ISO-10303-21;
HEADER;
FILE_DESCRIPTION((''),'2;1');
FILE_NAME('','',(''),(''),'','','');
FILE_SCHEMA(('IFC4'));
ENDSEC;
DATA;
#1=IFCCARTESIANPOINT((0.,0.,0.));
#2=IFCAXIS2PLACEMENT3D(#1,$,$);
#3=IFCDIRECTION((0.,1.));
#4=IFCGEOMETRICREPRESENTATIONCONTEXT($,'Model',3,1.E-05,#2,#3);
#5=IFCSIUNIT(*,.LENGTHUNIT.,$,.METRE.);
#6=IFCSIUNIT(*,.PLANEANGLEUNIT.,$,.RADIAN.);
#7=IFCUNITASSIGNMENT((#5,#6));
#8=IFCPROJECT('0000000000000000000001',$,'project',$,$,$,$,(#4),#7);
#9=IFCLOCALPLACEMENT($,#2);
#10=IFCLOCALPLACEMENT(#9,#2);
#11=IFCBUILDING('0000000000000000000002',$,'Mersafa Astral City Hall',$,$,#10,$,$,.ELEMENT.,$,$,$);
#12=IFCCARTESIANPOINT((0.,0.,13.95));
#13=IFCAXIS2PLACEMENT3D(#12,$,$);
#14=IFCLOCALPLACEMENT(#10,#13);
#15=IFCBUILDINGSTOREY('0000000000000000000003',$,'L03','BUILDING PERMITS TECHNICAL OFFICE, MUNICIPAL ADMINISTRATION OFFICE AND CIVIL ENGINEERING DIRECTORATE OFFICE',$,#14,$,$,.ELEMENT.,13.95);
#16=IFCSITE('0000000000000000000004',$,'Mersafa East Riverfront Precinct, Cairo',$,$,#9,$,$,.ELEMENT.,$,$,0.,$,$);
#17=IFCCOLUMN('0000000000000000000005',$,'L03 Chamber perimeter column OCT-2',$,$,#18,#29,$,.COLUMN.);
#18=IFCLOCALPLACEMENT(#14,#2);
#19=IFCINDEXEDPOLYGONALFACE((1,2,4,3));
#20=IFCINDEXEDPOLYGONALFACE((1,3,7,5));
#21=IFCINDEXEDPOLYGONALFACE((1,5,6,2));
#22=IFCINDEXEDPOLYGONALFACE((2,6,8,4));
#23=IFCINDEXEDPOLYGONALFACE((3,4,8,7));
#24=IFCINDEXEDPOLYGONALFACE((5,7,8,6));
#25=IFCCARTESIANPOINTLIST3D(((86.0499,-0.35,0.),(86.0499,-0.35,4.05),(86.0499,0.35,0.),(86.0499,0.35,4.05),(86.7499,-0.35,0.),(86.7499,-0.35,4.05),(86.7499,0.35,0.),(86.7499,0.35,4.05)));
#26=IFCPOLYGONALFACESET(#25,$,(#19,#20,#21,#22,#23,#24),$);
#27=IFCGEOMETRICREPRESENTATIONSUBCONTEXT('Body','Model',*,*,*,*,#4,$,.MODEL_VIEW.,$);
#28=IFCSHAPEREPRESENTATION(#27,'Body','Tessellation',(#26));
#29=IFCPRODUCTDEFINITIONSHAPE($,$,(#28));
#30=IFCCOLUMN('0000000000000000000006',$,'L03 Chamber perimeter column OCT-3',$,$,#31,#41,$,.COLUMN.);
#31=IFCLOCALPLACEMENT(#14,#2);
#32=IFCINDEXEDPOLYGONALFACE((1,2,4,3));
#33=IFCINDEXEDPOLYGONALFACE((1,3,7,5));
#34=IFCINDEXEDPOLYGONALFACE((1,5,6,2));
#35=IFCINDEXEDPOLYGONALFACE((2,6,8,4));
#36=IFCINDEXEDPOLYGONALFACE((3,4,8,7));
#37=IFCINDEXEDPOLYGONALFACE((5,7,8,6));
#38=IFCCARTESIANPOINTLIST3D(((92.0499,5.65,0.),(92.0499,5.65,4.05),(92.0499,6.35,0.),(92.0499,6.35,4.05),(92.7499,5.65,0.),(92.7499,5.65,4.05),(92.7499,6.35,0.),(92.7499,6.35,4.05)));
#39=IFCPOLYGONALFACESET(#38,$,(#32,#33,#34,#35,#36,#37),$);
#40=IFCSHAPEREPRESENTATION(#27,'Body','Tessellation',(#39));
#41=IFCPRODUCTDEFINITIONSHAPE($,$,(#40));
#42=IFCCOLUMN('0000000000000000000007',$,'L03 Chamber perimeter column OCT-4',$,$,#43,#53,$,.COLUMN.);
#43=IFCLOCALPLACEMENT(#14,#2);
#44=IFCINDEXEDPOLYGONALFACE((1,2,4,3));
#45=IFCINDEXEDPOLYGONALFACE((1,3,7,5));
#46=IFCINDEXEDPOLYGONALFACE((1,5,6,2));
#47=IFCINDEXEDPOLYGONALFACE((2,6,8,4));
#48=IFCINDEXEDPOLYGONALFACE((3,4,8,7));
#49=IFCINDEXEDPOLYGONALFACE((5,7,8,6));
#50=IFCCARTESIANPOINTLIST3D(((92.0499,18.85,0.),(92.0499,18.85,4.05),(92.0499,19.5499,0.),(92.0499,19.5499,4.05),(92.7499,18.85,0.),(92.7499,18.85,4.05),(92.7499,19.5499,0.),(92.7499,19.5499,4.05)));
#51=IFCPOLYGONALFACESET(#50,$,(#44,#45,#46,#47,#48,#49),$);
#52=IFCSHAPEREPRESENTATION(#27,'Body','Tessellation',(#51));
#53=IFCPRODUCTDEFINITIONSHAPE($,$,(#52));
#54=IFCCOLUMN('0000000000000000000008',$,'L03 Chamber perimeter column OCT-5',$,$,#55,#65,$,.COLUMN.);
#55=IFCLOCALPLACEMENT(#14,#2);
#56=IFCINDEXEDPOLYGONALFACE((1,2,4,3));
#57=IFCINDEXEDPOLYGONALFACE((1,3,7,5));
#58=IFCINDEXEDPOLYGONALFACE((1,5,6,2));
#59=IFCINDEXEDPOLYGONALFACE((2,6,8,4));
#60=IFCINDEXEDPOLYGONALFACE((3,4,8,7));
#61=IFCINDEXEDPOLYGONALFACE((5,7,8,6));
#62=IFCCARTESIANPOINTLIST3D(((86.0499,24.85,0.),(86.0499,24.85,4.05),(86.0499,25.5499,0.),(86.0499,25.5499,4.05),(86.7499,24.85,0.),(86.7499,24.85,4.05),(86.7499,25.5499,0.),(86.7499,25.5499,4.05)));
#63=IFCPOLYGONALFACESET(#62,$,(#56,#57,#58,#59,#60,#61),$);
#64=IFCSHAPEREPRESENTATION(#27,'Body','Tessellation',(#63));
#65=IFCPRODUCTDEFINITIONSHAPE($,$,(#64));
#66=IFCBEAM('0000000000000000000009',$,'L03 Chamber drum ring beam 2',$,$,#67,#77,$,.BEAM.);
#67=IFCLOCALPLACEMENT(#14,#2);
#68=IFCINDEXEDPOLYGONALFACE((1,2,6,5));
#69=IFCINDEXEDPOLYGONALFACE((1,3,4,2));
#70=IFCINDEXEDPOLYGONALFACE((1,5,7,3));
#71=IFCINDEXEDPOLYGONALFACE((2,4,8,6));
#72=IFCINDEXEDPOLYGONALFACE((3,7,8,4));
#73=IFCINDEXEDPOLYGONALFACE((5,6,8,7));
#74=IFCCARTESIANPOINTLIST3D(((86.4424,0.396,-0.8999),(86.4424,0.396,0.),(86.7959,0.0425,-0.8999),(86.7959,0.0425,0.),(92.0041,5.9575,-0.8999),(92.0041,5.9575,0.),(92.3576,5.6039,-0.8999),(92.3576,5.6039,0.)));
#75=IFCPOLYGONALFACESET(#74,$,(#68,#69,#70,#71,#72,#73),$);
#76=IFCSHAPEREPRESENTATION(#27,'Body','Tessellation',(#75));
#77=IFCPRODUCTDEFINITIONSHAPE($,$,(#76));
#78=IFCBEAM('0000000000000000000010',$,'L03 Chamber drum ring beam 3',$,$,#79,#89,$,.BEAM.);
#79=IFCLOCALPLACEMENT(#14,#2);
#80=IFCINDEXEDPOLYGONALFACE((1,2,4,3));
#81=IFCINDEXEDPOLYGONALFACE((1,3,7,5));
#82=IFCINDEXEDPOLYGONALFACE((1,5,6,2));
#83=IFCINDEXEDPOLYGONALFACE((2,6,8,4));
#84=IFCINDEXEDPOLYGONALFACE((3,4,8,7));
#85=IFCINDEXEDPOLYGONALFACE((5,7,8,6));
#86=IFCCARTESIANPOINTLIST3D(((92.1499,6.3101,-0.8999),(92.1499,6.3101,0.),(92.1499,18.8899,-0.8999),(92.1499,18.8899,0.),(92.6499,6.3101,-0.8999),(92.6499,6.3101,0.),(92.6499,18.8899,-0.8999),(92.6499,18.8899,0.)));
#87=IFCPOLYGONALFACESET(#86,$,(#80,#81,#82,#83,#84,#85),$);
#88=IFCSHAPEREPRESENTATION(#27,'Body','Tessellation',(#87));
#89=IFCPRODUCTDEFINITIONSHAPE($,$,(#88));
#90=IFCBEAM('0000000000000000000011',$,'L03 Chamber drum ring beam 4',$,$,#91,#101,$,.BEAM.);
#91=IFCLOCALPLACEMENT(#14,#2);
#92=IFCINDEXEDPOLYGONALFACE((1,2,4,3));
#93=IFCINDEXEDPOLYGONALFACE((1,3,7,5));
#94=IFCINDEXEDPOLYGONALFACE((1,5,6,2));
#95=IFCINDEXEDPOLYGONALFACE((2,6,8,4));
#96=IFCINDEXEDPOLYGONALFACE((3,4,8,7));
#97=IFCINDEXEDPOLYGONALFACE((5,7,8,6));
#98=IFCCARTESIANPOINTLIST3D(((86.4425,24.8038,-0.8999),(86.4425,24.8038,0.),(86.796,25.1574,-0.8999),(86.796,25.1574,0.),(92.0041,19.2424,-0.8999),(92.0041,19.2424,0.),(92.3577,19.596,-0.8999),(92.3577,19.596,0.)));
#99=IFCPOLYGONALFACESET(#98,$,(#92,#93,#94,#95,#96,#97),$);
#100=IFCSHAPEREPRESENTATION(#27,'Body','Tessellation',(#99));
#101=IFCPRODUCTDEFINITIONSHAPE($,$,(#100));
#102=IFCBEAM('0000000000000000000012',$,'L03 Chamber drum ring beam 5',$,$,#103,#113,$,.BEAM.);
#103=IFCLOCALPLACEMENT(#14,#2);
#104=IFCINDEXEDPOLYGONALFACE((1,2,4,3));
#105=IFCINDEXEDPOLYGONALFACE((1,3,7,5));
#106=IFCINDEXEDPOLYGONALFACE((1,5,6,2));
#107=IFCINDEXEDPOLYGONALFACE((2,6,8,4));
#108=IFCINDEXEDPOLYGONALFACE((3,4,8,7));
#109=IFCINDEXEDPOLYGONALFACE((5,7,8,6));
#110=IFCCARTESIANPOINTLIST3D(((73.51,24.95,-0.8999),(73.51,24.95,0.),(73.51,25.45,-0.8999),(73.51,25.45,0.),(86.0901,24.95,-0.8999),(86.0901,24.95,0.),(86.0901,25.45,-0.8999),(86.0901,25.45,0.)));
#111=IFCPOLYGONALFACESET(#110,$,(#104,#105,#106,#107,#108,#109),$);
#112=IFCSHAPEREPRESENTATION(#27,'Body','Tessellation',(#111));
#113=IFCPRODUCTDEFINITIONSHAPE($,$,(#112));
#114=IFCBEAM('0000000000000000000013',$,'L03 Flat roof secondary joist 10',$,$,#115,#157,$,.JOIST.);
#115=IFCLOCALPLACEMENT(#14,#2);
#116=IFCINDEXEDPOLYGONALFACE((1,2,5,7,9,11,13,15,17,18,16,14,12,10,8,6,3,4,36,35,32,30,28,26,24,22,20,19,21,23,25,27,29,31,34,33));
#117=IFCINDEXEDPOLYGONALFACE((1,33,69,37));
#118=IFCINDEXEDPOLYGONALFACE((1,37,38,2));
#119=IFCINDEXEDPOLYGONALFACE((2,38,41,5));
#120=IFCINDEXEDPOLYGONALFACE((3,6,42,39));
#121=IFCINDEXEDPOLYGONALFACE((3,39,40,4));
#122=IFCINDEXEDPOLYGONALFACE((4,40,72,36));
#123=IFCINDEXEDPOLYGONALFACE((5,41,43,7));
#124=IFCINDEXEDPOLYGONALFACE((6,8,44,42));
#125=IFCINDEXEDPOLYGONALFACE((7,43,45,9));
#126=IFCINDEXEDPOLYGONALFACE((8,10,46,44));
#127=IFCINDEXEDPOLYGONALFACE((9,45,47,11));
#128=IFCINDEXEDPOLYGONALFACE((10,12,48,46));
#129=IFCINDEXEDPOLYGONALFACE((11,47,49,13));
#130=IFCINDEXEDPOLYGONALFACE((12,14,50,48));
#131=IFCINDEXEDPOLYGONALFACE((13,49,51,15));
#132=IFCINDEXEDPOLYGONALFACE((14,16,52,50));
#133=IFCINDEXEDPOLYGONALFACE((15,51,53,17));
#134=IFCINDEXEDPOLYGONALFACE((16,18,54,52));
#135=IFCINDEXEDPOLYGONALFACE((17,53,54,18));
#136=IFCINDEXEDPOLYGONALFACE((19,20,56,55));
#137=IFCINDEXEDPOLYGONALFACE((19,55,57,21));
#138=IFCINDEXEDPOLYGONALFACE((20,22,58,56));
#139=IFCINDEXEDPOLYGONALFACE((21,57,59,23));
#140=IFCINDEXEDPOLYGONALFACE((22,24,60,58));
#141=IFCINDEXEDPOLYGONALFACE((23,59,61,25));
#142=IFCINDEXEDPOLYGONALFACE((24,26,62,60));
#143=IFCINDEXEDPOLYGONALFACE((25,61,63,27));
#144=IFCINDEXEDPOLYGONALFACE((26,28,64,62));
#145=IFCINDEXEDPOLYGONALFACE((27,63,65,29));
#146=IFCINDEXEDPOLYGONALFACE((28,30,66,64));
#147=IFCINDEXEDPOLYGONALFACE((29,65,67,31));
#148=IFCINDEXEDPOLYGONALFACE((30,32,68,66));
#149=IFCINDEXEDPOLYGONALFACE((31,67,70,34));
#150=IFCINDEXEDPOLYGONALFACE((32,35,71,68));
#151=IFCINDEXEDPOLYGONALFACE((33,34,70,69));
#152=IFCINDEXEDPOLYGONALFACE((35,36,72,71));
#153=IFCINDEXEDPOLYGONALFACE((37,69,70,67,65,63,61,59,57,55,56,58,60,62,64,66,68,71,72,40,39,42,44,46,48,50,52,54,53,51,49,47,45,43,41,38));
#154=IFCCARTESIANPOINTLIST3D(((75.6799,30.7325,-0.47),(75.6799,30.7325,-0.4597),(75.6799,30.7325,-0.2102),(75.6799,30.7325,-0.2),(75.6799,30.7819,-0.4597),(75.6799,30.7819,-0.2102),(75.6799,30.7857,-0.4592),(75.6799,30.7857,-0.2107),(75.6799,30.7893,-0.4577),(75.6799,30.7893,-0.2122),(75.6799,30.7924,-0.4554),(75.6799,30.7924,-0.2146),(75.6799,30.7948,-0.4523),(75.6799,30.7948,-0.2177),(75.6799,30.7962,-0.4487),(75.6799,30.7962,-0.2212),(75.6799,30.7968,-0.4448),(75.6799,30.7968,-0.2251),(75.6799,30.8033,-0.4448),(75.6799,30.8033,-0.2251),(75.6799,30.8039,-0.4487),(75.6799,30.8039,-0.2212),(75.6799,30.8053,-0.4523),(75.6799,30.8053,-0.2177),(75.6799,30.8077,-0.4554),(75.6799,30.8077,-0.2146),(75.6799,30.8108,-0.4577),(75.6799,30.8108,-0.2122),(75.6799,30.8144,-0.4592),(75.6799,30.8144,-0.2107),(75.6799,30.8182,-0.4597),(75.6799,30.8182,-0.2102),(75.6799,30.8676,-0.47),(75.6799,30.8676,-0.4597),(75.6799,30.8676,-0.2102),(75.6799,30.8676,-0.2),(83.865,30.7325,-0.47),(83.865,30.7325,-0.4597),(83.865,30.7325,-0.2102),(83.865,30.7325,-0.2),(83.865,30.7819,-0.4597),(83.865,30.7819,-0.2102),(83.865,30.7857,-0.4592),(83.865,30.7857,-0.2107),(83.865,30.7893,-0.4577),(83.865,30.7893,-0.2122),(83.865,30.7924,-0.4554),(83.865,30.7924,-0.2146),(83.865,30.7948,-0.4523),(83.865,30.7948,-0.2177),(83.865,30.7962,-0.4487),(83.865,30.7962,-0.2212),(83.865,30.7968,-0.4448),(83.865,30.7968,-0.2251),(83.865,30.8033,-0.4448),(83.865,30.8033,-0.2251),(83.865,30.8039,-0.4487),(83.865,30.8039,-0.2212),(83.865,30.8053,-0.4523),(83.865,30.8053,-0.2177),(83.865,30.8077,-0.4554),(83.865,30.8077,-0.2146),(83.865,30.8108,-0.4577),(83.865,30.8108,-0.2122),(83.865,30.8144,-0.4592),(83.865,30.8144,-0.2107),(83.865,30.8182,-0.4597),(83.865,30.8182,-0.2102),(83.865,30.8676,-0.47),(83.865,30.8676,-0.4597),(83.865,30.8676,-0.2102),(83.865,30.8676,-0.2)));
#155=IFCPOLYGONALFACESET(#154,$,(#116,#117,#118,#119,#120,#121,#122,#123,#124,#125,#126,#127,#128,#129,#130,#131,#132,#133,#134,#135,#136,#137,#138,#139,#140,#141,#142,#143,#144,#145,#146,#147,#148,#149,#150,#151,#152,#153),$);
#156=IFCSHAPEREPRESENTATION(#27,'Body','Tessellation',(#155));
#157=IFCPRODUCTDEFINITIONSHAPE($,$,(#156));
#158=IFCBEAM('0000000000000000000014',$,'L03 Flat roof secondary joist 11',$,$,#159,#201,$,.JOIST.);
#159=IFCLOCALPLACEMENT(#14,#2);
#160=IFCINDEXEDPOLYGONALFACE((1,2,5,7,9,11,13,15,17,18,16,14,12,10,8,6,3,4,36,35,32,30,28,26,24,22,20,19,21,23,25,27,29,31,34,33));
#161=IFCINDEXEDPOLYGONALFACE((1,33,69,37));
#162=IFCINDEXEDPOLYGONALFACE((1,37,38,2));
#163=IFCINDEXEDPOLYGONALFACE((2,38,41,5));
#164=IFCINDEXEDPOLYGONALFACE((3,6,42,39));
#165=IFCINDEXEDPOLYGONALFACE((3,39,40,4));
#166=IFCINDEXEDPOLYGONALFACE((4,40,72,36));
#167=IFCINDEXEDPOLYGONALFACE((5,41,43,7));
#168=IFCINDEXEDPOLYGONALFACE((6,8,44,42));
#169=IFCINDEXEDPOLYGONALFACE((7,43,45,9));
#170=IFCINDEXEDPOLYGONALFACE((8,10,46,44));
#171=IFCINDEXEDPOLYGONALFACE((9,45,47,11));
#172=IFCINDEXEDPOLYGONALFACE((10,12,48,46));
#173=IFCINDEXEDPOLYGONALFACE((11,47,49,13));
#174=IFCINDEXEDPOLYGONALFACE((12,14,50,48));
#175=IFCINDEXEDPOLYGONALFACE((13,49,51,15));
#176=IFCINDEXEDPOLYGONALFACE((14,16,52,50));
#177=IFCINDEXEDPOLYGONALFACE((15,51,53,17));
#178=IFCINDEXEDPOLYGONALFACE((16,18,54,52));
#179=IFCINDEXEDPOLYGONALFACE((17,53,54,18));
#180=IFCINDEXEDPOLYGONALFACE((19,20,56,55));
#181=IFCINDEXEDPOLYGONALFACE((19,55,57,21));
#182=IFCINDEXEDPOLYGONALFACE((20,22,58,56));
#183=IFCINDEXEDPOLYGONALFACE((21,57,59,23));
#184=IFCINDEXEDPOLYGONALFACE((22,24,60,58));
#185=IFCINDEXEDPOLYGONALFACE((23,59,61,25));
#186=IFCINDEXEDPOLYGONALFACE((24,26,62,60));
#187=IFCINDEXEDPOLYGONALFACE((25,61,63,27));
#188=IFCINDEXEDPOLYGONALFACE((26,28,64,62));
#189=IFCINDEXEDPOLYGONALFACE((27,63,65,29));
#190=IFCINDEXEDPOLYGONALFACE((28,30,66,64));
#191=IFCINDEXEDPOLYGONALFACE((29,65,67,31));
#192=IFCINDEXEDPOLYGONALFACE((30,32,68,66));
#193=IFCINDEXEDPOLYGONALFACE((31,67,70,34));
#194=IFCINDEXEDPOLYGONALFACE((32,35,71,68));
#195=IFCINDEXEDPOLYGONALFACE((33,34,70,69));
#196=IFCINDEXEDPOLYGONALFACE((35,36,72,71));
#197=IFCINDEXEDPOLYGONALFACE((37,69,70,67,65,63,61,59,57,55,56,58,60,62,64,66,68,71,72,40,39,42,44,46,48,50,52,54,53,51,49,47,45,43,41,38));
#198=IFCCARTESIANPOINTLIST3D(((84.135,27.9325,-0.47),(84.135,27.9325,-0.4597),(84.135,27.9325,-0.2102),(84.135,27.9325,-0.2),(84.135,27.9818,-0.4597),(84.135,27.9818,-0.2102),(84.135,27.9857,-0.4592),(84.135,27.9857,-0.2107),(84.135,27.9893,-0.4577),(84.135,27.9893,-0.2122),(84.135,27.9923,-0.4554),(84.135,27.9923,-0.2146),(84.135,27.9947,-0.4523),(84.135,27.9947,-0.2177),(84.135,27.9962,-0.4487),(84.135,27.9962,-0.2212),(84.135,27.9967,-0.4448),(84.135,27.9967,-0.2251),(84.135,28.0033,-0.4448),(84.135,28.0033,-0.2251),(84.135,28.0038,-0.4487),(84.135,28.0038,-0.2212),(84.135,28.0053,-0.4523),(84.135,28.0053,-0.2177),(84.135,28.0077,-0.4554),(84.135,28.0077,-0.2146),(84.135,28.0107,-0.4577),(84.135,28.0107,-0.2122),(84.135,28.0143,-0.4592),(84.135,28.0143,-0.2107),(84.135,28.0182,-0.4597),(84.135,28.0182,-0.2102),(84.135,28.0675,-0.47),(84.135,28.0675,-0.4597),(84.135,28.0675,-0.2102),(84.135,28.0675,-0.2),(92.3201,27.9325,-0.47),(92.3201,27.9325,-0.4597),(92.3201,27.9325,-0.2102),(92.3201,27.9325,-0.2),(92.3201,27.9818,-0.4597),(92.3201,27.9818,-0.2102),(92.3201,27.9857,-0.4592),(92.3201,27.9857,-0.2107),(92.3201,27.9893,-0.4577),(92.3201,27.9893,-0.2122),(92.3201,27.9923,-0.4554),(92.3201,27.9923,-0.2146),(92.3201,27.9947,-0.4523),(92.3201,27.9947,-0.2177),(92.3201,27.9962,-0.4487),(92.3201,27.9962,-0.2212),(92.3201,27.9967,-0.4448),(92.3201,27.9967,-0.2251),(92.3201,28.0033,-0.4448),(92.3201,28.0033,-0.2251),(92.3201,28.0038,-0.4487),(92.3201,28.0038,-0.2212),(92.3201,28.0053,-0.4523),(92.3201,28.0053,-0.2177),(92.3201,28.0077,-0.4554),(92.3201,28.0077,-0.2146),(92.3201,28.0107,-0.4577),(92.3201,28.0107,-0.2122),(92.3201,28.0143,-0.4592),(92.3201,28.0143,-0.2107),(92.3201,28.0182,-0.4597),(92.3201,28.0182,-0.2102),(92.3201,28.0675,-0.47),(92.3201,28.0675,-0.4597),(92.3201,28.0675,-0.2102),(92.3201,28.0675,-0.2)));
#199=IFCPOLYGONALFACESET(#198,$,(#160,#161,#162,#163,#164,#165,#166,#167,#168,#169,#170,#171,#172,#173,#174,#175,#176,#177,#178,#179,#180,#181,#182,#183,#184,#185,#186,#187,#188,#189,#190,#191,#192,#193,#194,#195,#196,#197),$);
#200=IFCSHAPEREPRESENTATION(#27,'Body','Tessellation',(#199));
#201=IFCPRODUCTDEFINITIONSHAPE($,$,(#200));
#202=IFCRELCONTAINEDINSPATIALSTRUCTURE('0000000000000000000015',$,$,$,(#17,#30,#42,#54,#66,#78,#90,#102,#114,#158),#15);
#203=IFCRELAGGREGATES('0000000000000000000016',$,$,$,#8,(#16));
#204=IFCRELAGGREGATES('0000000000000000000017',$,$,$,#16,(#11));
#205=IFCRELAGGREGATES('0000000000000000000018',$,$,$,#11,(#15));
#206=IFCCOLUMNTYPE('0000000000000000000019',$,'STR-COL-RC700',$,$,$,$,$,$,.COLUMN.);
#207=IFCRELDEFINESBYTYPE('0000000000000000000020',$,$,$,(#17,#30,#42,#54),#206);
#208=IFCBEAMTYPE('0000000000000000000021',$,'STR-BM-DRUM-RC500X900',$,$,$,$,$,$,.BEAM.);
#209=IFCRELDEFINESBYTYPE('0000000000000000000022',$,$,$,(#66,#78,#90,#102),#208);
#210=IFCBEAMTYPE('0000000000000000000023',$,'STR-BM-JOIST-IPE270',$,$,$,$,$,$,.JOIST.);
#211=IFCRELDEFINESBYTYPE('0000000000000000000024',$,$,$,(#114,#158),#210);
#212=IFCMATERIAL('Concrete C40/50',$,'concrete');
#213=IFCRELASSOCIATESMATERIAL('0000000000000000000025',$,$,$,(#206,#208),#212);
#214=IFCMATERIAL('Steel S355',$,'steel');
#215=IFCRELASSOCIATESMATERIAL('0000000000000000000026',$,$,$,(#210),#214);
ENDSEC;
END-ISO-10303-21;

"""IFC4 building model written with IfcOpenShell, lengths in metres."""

from ifc_helpers import new_model, si_unit, direction, frame, origin, origin_2d, place, context, subcontext, project, spatial, rectangle, i_section, extrude, material, material_profile, profile_set, type_object, element, save


model = new_model("IFC4")

# Units and contexts
model_context = context("Model", 3, precision=1e-05, world=origin(), true_north=direction((0.0, 1.0)))
body_context = subcontext(model_context, "Body", "Model", "MODEL_VIEW")
ifc_project = project(units=[si_unit("LENGTHUNIT", "METRE"), si_unit("PLANEANGLEUNIT", "RADIAN")], contexts=[model_context])

# Site, building, storey
site_placement = place(None, origin())
site = spatial("IfcSite", under=ifc_project, at=site_placement, Name="Mersafa East Riverfront Precinct, Cairo", CompositionType="ELEMENT", RefElevation=0.0)
building_placement = place(site_placement, origin())
building = spatial("IfcBuilding", under=site, at=building_placement, Name="Mersafa Astral City Hall", CompositionType="ELEMENT")
storey_placement = place(building_placement, frame((0.0, 0.0, 13.95)))
storey = spatial("IfcBuildingStorey", under=building, at=storey_placement, Name="L03", Description="BUILDING PERMITS TECHNICAL OFFICE, MUNICIPAL ADMINISTRATION OFFICE AND CIVIL ENGINEERING DIRECTORATE OFFICE", CompositionType="ELEMENT", Elevation=13.95)

# Columns
ifc_material_1 = material(Name="Concrete C40/50", Category="concrete")
ifc_material_profile_1 = material_profile(ifc_material_1, rectangle(XDim=0.7, YDim=0.7, at=origin_2d()), Name="RC 700x700")
ifc_profile_set_1 = profile_set([ifc_material_profile_1], Name="Concrete C40/50")
column_type = type_object("IfcColumnType", Name="STR-COL-RC700", PredefinedType="COLUMN", material=ifc_profile_set_1)
for number, where, z_axis, x_axis, name in (
    (1, (86.3999, 0.0, 0.0), (0.0, 0.0, 1.0), (1.0, 0.0, 0.0), "L03 Chamber perimeter column OCT-2"),
    (2, (92.3999, 6.0, 0.0), (0.0, 0.0, 1.0), (1.0, 0.0, 0.0), "L03 Chamber perimeter column OCT-3"),
    (3, (92.3999, 19.2, 0.0), (0.0, 0.0, 1.0), (1.0, 0.0, 0.0), "L03 Chamber perimeter column OCT-4"),
    (4, (86.3999, 25.2, 0.0), (0.0, 0.0, 1.0), (1.0, 0.0, 0.0), "L03 Chamber perimeter column OCT-5"),
):
    element("IfcColumn", number, at=place(storey_placement, frame(where, z_axis=z_axis, x_axis=x_axis)), inside=storey, type_object=column_type, Name=name, PredefinedType="COLUMN", context=body_context, shape_type="SweptSolid", body=[
        extrude(rectangle(XDim=0.7, YDim=0.7, at=origin_2d()), origin(), (0.0, 0.0, 1.0), 4.05),
    ])

# Beams
ifc_material_profile_2 = material_profile(ifc_material_1, rectangle(XDim=0.5, YDim=0.8999, at=origin_2d()), Name="RC 500x900")
ifc_profile_set_2 = profile_set([ifc_material_profile_2], Name="Concrete C40/50")
beam_type_1 = type_object("IfcBeamType", Name="STR-BM-DRUM-RC500X900", PredefinedType="BEAM", material=ifc_profile_set_2)
beam_1_placement = place(storey_placement, frame((86.6191, 0.2192, -0.45), z_axis=(0.707122, 0.707091, 0.0), x_axis=(-0.707091, 0.707122, 0.0)))
element("IfcBeam", 5, at=beam_1_placement, inside=storey, type_object=beam_type_1, Name="L03 Chamber drum ring beam 2", PredefinedType="BEAM", context=body_context, shape_type="SweptSolid", body=[
    extrude(rectangle(XDim=0.5, YDim=0.8999, at=origin_2d()), origin(), (0.0, 0.0, 1.0), 7.8652),
])
beam_2_placement = place(storey_placement, frame((92.3999, 6.3101, -0.45), z_axis=(0.0, 1.0, 0.0), x_axis=(-1.0, 0.0, 0.0)))
element("IfcBeam", 6, at=beam_2_placement, inside=storey, type_object=beam_type_1, Name="L03 Chamber drum ring beam 3", PredefinedType="BEAM", context=body_context, shape_type="SweptSolid", body=[
    extrude(rectangle(XDim=0.5, YDim=0.8999, at=origin_2d()), origin(), (0.0, 0.0, 1.0), 12.5798),
])
beam_3_placement = place(storey_placement, frame((92.1809, 19.4192, -0.45), z_axis=(-0.707122, 0.707091, 0.0), x_axis=(-0.707091, -0.707122, 0.0)))
element("IfcBeam", 7, at=beam_3_placement, inside=storey, type_object=beam_type_1, Name="L03 Chamber drum ring beam 4", PredefinedType="BEAM", context=body_context, shape_type="SweptSolid", body=[
    extrude(rectangle(XDim=0.5, YDim=0.8999, at=origin_2d()), origin(), (0.0, 0.0, 1.0), 7.8652),
])
beam_4_placement = place(storey_placement, frame((86.0901, 25.2, -0.45), z_axis=(-1.0, 0.0, 0.0), x_axis=(0.0, -1.0, 0.0)))
element("IfcBeam", 8, at=beam_4_placement, inside=storey, type_object=beam_type_1, Name="L03 Chamber drum ring beam 5", PredefinedType="BEAM", context=body_context, shape_type="SweptSolid", body=[
    extrude(rectangle(XDim=0.5, YDim=0.8999, at=origin_2d()), origin(), (0.0, 0.0, 1.0), 12.5801),
])
ifc_material_2 = material(Name="Steel S355", Category="steel")
ifc_material_profile_3 = material_profile(ifc_material_2, i_section(OverallWidth=0.135, OverallDepth=0.27, WebThickness=0.0066, FlangeThickness=0.0103, FilletRadius=0.0149, at=origin_2d()), Name="IPE 270")
ifc_profile_set_3 = profile_set([ifc_material_profile_3], Name="Steel S355")
beam_type_2 = type_object("IfcBeamType", Name="STR-BM-JOIST-IPE270", PredefinedType="JOIST", material=ifc_profile_set_3)
for number, where, z_axis, x_axis, name in (
    (9, (75.6799, 30.8, -0.335), (1.0, 0.0, 0.0), (0.0, 1.0, 0.0), "L03 Flat roof secondary joist 10"),
    (10, (84.135, 28.0, -0.335), (1.0, 0.0, 0.0), (0.0, 1.0, 0.0), "L03 Flat roof secondary joist 11"),
):
    element("IfcBeam", number, at=place(storey_placement, frame(where, z_axis=z_axis, x_axis=x_axis)), inside=storey, type_object=beam_type_2, Name=name, PredefinedType="JOIST", context=body_context, shape_type="SweptSolid", body=[
        extrude(i_section(OverallWidth=0.135, OverallDepth=0.27, WebThickness=0.0066, FlangeThickness=0.0103, FilletRadius=0.0149, at=origin_2d()), origin(), (0.0, 0.0, 1.0), 8.1851),
    ])

save(model, "model.ifc")
